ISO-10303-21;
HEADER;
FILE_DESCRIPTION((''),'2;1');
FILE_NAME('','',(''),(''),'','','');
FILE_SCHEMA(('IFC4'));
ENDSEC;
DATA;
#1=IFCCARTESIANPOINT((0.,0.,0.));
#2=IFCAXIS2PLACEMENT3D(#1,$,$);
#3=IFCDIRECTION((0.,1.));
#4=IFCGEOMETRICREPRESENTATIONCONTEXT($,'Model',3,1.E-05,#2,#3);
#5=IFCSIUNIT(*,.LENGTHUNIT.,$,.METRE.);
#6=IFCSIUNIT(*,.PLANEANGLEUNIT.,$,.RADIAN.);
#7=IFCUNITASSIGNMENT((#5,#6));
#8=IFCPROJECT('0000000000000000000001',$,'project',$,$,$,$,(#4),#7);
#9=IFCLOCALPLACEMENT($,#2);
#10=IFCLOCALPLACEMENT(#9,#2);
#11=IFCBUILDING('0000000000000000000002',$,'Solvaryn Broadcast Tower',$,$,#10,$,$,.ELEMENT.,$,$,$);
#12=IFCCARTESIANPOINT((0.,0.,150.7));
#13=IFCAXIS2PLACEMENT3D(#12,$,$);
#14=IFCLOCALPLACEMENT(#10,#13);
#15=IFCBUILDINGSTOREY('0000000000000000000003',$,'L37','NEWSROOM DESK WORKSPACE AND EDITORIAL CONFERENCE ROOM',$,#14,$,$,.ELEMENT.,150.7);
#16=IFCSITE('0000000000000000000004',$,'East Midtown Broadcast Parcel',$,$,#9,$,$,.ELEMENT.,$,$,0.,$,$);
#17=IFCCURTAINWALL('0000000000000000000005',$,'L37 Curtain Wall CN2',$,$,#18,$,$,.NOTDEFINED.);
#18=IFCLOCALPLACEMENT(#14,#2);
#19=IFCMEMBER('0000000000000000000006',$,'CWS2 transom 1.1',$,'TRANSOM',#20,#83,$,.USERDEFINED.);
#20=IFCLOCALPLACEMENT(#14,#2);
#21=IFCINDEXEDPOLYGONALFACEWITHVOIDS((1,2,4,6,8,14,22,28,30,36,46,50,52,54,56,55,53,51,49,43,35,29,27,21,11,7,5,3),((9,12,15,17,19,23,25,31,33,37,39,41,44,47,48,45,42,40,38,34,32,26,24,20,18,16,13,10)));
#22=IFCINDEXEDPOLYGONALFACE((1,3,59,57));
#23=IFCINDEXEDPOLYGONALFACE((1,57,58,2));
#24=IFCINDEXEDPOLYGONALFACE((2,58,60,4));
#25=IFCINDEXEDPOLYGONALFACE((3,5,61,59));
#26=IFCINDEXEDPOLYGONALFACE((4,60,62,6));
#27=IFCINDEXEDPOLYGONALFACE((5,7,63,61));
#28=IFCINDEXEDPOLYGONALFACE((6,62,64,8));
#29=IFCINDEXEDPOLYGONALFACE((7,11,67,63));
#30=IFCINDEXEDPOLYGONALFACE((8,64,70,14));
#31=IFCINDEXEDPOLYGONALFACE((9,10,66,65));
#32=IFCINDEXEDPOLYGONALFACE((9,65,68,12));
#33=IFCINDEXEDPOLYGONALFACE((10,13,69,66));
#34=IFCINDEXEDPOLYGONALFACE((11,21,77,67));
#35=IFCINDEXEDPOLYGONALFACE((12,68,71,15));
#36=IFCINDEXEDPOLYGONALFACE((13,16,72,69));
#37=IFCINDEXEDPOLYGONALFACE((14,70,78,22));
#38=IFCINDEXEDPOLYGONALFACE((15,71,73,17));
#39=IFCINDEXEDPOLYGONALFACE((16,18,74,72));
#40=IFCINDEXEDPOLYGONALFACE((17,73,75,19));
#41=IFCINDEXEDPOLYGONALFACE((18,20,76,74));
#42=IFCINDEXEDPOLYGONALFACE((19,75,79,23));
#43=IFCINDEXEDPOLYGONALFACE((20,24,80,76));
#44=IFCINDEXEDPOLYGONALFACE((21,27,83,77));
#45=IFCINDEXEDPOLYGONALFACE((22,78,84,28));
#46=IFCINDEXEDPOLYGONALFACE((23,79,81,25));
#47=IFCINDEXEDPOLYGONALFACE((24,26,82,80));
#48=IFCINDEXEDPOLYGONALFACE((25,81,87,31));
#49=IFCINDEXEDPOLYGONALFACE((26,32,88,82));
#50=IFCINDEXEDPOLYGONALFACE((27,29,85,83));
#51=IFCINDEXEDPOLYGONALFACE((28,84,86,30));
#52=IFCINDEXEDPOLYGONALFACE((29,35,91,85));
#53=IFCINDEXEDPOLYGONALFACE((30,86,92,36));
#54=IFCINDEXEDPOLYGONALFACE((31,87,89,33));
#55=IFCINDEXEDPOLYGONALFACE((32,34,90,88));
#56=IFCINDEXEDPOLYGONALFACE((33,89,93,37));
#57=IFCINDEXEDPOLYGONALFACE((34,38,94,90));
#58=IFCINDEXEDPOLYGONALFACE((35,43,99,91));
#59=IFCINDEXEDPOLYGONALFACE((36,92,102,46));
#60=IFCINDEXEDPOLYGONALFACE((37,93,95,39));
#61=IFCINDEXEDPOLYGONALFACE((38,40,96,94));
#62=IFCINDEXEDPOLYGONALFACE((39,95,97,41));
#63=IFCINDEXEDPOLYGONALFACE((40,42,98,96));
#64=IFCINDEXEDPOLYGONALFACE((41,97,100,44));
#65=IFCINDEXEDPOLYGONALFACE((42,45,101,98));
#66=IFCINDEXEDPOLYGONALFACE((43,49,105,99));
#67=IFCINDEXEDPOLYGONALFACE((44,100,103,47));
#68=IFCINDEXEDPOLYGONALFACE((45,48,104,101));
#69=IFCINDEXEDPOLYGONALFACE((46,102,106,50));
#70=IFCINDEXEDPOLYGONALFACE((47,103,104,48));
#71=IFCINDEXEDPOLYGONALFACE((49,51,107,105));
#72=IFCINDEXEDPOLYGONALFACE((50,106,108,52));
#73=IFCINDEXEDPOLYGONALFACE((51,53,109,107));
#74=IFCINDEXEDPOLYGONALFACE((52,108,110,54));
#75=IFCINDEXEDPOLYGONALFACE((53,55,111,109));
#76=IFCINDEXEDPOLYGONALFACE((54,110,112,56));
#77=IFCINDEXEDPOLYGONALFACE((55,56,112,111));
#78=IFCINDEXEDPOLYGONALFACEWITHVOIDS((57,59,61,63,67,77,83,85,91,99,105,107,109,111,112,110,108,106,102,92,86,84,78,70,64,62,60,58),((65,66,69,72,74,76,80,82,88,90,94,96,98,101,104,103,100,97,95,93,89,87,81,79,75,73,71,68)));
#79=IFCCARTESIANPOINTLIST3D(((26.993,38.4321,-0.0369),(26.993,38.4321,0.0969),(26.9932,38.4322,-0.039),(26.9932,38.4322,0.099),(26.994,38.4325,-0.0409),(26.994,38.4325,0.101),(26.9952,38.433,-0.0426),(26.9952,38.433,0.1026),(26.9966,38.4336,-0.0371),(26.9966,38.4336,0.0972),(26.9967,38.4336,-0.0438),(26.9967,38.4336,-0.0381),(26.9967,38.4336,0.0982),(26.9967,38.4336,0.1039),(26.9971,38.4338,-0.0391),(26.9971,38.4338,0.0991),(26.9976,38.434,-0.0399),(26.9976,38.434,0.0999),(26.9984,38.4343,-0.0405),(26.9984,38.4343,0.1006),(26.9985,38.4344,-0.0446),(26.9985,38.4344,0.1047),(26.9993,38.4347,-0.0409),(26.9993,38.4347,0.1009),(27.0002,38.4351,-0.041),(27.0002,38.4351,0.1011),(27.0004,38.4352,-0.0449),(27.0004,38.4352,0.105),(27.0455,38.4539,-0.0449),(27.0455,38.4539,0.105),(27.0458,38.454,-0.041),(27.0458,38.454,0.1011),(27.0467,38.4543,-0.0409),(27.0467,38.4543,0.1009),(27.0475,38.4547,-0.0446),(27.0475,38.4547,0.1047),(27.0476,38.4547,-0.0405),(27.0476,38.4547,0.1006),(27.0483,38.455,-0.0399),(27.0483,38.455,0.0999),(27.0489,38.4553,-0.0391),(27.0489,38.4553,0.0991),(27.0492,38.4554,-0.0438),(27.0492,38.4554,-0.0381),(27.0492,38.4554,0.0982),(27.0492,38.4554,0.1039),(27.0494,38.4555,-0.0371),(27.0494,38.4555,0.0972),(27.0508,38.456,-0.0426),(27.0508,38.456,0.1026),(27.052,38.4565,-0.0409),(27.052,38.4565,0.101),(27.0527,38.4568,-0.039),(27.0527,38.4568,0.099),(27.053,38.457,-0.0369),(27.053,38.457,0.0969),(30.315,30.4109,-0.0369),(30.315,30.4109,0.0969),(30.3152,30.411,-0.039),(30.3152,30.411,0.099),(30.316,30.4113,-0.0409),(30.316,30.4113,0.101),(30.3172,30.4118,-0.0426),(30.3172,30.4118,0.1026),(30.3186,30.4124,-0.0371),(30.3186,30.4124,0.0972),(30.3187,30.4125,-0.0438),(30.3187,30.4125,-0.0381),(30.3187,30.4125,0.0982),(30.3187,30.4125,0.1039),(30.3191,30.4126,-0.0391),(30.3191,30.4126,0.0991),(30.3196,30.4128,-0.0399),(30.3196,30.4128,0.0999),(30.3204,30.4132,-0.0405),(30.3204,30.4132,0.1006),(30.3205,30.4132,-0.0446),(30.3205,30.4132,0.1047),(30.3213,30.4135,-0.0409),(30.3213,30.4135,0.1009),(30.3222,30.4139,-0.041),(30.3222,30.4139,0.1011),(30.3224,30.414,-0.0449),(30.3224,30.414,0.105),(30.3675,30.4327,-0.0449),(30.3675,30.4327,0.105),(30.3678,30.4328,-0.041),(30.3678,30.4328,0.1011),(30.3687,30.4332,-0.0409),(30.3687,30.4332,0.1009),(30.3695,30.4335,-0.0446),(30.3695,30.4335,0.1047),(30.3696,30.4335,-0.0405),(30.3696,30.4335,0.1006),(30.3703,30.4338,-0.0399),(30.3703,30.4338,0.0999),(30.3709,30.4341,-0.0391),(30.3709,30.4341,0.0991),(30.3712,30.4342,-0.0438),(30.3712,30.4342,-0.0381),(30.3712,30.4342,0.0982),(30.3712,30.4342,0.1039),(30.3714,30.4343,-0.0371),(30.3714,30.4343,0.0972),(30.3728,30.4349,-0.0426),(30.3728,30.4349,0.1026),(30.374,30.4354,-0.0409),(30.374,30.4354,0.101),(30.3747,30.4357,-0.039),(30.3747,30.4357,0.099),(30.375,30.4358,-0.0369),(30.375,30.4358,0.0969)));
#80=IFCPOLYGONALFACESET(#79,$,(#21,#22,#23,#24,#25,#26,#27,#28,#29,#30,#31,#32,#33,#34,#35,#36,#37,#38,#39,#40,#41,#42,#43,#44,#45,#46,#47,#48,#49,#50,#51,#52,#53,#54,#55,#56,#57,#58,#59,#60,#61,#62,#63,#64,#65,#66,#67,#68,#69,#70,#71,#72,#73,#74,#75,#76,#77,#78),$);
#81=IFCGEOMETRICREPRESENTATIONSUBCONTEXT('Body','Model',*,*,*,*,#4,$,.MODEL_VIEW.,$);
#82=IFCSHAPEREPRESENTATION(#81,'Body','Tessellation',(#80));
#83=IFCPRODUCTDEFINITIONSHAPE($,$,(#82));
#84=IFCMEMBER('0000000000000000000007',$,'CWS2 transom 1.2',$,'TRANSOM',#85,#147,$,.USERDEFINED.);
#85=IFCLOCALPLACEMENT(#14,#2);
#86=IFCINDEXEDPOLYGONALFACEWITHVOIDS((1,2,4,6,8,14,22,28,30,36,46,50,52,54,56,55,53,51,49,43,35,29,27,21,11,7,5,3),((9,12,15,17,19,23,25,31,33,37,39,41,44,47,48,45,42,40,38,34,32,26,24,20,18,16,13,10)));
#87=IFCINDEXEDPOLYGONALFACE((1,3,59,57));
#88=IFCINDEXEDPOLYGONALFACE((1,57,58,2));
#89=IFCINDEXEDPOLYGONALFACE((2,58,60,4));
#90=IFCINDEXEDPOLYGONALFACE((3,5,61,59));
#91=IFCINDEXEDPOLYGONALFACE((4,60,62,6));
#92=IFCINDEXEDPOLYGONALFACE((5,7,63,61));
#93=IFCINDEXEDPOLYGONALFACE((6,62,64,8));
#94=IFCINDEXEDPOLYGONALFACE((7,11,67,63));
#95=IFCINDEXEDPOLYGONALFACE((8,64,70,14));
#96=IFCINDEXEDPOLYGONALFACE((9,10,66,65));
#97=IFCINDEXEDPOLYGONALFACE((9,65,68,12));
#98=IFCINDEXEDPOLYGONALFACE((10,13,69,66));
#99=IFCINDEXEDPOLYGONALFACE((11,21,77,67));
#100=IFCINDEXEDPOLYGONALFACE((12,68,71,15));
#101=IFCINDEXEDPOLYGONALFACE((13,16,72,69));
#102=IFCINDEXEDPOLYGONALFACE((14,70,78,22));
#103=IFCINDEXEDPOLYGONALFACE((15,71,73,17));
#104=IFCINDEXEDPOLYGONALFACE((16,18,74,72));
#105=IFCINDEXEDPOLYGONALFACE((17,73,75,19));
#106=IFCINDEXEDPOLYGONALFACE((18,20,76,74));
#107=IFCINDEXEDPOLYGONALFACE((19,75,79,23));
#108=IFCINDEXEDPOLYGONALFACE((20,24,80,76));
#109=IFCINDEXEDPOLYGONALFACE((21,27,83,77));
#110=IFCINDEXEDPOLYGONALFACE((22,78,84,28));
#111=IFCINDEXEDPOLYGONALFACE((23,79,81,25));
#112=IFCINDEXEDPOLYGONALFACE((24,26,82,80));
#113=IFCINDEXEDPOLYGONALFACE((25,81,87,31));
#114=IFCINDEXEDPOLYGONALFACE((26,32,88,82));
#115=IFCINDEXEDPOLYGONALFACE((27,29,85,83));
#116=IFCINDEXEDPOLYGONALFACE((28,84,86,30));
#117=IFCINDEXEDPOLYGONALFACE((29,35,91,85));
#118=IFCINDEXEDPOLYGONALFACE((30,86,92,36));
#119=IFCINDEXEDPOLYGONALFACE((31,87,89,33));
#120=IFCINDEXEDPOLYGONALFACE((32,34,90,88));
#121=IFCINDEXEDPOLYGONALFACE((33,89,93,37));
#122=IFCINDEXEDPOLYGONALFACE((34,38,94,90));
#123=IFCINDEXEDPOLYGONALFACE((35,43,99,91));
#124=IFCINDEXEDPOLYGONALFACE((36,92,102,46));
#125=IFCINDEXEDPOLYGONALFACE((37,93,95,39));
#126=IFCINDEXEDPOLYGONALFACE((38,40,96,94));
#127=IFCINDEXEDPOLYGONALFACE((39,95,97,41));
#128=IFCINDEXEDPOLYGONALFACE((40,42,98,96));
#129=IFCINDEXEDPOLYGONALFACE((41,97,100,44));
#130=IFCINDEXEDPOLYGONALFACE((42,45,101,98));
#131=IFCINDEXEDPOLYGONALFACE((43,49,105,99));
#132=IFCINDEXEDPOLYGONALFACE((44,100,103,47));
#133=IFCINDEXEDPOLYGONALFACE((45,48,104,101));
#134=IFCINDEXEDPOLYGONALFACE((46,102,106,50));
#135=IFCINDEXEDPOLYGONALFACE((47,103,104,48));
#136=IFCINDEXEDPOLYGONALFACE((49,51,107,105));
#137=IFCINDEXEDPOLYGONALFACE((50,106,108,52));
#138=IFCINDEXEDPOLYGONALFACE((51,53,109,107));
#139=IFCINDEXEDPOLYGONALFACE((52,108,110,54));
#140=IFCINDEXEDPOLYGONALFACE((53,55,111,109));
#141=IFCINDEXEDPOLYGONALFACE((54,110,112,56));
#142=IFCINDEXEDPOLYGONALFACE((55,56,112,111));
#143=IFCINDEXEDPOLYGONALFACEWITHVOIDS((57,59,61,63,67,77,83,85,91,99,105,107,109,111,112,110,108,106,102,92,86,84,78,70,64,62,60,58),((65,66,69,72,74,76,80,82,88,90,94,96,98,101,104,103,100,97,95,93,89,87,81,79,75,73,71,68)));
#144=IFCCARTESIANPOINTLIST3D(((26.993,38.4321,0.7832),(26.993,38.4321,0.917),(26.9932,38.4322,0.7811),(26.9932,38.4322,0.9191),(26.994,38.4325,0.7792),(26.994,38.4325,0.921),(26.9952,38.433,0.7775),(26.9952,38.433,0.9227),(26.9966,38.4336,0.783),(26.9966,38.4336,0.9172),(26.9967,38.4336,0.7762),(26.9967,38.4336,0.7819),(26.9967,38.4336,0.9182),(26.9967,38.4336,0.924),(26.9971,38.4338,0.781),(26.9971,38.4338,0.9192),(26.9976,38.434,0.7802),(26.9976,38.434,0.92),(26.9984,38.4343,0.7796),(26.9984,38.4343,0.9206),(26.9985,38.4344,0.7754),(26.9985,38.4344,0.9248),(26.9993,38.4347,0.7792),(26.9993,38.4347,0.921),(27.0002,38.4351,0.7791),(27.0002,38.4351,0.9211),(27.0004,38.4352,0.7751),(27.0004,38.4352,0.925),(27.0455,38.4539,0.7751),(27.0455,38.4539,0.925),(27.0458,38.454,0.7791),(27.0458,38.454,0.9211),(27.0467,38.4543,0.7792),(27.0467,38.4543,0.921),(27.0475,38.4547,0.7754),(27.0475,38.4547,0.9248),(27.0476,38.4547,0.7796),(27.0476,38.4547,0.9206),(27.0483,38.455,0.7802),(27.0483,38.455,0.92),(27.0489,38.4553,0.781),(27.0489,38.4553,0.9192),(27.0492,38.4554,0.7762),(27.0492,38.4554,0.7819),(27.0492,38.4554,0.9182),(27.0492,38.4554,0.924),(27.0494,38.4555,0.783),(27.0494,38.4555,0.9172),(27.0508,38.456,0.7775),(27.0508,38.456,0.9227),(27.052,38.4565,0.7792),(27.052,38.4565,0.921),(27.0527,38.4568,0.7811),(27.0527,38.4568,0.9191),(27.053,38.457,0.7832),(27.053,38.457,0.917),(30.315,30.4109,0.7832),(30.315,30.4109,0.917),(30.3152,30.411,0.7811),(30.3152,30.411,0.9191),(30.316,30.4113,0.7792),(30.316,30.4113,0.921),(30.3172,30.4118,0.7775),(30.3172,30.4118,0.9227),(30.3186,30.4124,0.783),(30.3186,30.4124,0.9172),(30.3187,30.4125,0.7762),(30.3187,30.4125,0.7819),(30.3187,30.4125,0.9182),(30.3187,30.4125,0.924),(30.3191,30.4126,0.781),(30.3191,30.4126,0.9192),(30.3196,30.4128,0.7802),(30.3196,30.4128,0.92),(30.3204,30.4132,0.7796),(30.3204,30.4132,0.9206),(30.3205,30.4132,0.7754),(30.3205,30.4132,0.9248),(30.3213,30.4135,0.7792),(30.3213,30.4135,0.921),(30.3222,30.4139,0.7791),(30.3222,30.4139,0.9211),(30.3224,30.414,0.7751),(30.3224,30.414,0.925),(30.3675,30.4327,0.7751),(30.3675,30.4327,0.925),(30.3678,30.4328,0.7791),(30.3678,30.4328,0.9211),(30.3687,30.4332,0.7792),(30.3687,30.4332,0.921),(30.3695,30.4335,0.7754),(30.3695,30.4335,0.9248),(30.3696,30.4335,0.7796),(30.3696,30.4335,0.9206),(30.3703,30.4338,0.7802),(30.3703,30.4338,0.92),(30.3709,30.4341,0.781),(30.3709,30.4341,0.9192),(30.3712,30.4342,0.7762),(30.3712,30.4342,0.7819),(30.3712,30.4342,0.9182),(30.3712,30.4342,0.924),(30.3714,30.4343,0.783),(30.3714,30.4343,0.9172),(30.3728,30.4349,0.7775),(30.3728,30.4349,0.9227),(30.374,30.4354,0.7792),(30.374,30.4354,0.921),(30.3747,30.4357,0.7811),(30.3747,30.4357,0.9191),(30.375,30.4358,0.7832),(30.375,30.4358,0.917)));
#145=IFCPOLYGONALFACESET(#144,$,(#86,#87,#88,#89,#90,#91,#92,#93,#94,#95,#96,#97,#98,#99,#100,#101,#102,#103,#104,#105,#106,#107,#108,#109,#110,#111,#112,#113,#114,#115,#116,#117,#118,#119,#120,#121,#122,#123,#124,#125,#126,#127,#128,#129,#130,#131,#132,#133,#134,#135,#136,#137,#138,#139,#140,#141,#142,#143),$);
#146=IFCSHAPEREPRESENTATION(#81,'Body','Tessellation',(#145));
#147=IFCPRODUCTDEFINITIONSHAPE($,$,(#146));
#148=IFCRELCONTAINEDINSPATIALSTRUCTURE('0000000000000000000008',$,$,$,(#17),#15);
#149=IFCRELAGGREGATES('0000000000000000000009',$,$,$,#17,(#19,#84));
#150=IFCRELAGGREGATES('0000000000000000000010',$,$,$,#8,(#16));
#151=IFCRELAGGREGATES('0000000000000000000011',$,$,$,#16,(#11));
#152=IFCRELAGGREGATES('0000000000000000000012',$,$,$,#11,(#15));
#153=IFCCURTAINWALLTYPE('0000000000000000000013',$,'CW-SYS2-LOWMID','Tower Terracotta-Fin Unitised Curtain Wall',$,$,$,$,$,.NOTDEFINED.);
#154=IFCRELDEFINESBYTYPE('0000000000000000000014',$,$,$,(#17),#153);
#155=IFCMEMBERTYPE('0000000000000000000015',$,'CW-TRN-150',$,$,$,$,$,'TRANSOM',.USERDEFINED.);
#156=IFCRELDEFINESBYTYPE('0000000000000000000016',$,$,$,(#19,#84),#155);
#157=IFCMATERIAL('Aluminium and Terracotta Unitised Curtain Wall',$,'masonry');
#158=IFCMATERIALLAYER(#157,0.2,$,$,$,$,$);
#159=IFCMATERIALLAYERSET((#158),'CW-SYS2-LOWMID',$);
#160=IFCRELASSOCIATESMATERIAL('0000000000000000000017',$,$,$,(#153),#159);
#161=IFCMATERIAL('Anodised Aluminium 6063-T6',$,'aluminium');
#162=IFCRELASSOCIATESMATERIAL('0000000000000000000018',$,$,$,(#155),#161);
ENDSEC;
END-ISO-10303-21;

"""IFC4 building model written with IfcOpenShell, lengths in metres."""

from ifc_helpers import new_model, si_unit, direction, frame, origin, origin_2d, place, context, subcontext, project, spatial, hollow_rectangle, extrude, material, layer, layer_set, material_profile, profile_set, type_object, element, aggregate, save


model = new_model("IFC4")

# Units and contexts
model_context = context("Model", 3, precision=1e-05, world=origin(), true_north=direction((0.0, 1.0)))
body_context = subcontext(model_context, "Body", "Model", "MODEL_VIEW")
ifc_project = project(units=[si_unit("LENGTHUNIT", "METRE"), si_unit("PLANEANGLEUNIT", "RADIAN")], contexts=[model_context])

# Site, building, storey
site_placement = place(None, origin())
site = spatial("IfcSite", under=ifc_project, at=site_placement, Name="East Midtown Broadcast Parcel", CompositionType="ELEMENT", RefElevation=0.0)
building_placement = place(site_placement, origin())
building = spatial("IfcBuilding", under=site, at=building_placement, Name="Solvaryn Broadcast Tower", CompositionType="ELEMENT")
storey_placement = place(building_placement, frame((0.0, 0.0, 150.7)))
storey = spatial("IfcBuildingStorey", under=building, at=storey_placement, Name="L37", Description="NEWSROOM DESK WORKSPACE AND EDITORIAL CONFERENCE ROOM", CompositionType="ELEMENT", Elevation=150.7)

# Shared definitions
ifc_material_1 = material(Name="Aluminium and Terracotta Unitised Curtain Wall", Category="masonry")
ifc_layer_1 = layer(ifc_material_1, 0.2)
ifc_layer_set_1 = layer_set([ifc_layer_1], Name="CW-SYS2-LOWMID")
curtain_wall_type = type_object("IfcCurtainWallType", Name="CW-SYS2-LOWMID", Description="Tower Terracotta-Fin Unitised Curtain Wall", PredefinedType="NOTDEFINED", material=ifc_layer_set_1)

# Curtain wall, members
curtain_wall_1_placement = place(storey_placement, origin())
curtain_wall_1 = element("IfcCurtainWall", 1, at=curtain_wall_1_placement, inside=storey, type_object=curtain_wall_type, Name="L37 Curtain Wall CN2", PredefinedType="NOTDEFINED")
ifc_material_2 = material(Name="Anodised Aluminium 6063-T6", Category="aluminium")
ifc_material_profile_1 = material_profile(ifc_material_2, hollow_rectangle(XDim=0.0649, YDim=0.1499, WallThickness=0.0039, InnerFilletRadius=0.0039, OuterFilletRadius=0.0081, at=origin_2d()))
ifc_profile_set_1 = profile_set([ifc_material_profile_1], Name="Anodised Aluminium 6063-T6")
member_type_1 = type_object("IfcMemberType", Name="CW-TRN-150", ElementType="TRANSOM", PredefinedType="USERDEFINED", material=ifc_profile_set_1)
member_1_placement = place(storey_placement, frame((30.345, 30.4233, 0.03), z_axis=(-0.382636, 0.923899, 0.0), x_axis=(-0.923899, -0.382636, 0.0)))
member_1 = element("IfcMember", 2, at=member_1_placement, type_object=member_type_1, Name="CWS2 transom 1.1", ObjectType="TRANSOM", PredefinedType="USERDEFINED", context=body_context, shape_type="SweptSolid", body=[
    extrude(hollow_rectangle(XDim=0.0649, YDim=0.1499, WallThickness=0.0039, InnerFilletRadius=0.0039, OuterFilletRadius=0.0081, at=origin_2d()), origin(), (0.0, 0.0, 1.0), 8.6819),
])
member_2_placement = place(storey_placement, frame((30.345, 30.4233, 0.8501), z_axis=(-0.382636, 0.923899, 0.0), x_axis=(-0.923899, -0.382636, 0.0)))
member_2 = element("IfcMember", 3, at=member_2_placement, type_object=member_type_1, Name="CWS2 transom 1.2", ObjectType="TRANSOM", PredefinedType="USERDEFINED", context=body_context, shape_type="SweptSolid", body=[
    extrude(hollow_rectangle(XDim=0.0649, YDim=0.1499, WallThickness=0.0039, InnerFilletRadius=0.0039, OuterFilletRadius=0.0081, at=origin_2d()), origin(), (0.0, 0.0, 1.0), 8.6819),
])

aggregate(curtain_wall_1, [member_1, member_2])

save(model, "model.ifc")
